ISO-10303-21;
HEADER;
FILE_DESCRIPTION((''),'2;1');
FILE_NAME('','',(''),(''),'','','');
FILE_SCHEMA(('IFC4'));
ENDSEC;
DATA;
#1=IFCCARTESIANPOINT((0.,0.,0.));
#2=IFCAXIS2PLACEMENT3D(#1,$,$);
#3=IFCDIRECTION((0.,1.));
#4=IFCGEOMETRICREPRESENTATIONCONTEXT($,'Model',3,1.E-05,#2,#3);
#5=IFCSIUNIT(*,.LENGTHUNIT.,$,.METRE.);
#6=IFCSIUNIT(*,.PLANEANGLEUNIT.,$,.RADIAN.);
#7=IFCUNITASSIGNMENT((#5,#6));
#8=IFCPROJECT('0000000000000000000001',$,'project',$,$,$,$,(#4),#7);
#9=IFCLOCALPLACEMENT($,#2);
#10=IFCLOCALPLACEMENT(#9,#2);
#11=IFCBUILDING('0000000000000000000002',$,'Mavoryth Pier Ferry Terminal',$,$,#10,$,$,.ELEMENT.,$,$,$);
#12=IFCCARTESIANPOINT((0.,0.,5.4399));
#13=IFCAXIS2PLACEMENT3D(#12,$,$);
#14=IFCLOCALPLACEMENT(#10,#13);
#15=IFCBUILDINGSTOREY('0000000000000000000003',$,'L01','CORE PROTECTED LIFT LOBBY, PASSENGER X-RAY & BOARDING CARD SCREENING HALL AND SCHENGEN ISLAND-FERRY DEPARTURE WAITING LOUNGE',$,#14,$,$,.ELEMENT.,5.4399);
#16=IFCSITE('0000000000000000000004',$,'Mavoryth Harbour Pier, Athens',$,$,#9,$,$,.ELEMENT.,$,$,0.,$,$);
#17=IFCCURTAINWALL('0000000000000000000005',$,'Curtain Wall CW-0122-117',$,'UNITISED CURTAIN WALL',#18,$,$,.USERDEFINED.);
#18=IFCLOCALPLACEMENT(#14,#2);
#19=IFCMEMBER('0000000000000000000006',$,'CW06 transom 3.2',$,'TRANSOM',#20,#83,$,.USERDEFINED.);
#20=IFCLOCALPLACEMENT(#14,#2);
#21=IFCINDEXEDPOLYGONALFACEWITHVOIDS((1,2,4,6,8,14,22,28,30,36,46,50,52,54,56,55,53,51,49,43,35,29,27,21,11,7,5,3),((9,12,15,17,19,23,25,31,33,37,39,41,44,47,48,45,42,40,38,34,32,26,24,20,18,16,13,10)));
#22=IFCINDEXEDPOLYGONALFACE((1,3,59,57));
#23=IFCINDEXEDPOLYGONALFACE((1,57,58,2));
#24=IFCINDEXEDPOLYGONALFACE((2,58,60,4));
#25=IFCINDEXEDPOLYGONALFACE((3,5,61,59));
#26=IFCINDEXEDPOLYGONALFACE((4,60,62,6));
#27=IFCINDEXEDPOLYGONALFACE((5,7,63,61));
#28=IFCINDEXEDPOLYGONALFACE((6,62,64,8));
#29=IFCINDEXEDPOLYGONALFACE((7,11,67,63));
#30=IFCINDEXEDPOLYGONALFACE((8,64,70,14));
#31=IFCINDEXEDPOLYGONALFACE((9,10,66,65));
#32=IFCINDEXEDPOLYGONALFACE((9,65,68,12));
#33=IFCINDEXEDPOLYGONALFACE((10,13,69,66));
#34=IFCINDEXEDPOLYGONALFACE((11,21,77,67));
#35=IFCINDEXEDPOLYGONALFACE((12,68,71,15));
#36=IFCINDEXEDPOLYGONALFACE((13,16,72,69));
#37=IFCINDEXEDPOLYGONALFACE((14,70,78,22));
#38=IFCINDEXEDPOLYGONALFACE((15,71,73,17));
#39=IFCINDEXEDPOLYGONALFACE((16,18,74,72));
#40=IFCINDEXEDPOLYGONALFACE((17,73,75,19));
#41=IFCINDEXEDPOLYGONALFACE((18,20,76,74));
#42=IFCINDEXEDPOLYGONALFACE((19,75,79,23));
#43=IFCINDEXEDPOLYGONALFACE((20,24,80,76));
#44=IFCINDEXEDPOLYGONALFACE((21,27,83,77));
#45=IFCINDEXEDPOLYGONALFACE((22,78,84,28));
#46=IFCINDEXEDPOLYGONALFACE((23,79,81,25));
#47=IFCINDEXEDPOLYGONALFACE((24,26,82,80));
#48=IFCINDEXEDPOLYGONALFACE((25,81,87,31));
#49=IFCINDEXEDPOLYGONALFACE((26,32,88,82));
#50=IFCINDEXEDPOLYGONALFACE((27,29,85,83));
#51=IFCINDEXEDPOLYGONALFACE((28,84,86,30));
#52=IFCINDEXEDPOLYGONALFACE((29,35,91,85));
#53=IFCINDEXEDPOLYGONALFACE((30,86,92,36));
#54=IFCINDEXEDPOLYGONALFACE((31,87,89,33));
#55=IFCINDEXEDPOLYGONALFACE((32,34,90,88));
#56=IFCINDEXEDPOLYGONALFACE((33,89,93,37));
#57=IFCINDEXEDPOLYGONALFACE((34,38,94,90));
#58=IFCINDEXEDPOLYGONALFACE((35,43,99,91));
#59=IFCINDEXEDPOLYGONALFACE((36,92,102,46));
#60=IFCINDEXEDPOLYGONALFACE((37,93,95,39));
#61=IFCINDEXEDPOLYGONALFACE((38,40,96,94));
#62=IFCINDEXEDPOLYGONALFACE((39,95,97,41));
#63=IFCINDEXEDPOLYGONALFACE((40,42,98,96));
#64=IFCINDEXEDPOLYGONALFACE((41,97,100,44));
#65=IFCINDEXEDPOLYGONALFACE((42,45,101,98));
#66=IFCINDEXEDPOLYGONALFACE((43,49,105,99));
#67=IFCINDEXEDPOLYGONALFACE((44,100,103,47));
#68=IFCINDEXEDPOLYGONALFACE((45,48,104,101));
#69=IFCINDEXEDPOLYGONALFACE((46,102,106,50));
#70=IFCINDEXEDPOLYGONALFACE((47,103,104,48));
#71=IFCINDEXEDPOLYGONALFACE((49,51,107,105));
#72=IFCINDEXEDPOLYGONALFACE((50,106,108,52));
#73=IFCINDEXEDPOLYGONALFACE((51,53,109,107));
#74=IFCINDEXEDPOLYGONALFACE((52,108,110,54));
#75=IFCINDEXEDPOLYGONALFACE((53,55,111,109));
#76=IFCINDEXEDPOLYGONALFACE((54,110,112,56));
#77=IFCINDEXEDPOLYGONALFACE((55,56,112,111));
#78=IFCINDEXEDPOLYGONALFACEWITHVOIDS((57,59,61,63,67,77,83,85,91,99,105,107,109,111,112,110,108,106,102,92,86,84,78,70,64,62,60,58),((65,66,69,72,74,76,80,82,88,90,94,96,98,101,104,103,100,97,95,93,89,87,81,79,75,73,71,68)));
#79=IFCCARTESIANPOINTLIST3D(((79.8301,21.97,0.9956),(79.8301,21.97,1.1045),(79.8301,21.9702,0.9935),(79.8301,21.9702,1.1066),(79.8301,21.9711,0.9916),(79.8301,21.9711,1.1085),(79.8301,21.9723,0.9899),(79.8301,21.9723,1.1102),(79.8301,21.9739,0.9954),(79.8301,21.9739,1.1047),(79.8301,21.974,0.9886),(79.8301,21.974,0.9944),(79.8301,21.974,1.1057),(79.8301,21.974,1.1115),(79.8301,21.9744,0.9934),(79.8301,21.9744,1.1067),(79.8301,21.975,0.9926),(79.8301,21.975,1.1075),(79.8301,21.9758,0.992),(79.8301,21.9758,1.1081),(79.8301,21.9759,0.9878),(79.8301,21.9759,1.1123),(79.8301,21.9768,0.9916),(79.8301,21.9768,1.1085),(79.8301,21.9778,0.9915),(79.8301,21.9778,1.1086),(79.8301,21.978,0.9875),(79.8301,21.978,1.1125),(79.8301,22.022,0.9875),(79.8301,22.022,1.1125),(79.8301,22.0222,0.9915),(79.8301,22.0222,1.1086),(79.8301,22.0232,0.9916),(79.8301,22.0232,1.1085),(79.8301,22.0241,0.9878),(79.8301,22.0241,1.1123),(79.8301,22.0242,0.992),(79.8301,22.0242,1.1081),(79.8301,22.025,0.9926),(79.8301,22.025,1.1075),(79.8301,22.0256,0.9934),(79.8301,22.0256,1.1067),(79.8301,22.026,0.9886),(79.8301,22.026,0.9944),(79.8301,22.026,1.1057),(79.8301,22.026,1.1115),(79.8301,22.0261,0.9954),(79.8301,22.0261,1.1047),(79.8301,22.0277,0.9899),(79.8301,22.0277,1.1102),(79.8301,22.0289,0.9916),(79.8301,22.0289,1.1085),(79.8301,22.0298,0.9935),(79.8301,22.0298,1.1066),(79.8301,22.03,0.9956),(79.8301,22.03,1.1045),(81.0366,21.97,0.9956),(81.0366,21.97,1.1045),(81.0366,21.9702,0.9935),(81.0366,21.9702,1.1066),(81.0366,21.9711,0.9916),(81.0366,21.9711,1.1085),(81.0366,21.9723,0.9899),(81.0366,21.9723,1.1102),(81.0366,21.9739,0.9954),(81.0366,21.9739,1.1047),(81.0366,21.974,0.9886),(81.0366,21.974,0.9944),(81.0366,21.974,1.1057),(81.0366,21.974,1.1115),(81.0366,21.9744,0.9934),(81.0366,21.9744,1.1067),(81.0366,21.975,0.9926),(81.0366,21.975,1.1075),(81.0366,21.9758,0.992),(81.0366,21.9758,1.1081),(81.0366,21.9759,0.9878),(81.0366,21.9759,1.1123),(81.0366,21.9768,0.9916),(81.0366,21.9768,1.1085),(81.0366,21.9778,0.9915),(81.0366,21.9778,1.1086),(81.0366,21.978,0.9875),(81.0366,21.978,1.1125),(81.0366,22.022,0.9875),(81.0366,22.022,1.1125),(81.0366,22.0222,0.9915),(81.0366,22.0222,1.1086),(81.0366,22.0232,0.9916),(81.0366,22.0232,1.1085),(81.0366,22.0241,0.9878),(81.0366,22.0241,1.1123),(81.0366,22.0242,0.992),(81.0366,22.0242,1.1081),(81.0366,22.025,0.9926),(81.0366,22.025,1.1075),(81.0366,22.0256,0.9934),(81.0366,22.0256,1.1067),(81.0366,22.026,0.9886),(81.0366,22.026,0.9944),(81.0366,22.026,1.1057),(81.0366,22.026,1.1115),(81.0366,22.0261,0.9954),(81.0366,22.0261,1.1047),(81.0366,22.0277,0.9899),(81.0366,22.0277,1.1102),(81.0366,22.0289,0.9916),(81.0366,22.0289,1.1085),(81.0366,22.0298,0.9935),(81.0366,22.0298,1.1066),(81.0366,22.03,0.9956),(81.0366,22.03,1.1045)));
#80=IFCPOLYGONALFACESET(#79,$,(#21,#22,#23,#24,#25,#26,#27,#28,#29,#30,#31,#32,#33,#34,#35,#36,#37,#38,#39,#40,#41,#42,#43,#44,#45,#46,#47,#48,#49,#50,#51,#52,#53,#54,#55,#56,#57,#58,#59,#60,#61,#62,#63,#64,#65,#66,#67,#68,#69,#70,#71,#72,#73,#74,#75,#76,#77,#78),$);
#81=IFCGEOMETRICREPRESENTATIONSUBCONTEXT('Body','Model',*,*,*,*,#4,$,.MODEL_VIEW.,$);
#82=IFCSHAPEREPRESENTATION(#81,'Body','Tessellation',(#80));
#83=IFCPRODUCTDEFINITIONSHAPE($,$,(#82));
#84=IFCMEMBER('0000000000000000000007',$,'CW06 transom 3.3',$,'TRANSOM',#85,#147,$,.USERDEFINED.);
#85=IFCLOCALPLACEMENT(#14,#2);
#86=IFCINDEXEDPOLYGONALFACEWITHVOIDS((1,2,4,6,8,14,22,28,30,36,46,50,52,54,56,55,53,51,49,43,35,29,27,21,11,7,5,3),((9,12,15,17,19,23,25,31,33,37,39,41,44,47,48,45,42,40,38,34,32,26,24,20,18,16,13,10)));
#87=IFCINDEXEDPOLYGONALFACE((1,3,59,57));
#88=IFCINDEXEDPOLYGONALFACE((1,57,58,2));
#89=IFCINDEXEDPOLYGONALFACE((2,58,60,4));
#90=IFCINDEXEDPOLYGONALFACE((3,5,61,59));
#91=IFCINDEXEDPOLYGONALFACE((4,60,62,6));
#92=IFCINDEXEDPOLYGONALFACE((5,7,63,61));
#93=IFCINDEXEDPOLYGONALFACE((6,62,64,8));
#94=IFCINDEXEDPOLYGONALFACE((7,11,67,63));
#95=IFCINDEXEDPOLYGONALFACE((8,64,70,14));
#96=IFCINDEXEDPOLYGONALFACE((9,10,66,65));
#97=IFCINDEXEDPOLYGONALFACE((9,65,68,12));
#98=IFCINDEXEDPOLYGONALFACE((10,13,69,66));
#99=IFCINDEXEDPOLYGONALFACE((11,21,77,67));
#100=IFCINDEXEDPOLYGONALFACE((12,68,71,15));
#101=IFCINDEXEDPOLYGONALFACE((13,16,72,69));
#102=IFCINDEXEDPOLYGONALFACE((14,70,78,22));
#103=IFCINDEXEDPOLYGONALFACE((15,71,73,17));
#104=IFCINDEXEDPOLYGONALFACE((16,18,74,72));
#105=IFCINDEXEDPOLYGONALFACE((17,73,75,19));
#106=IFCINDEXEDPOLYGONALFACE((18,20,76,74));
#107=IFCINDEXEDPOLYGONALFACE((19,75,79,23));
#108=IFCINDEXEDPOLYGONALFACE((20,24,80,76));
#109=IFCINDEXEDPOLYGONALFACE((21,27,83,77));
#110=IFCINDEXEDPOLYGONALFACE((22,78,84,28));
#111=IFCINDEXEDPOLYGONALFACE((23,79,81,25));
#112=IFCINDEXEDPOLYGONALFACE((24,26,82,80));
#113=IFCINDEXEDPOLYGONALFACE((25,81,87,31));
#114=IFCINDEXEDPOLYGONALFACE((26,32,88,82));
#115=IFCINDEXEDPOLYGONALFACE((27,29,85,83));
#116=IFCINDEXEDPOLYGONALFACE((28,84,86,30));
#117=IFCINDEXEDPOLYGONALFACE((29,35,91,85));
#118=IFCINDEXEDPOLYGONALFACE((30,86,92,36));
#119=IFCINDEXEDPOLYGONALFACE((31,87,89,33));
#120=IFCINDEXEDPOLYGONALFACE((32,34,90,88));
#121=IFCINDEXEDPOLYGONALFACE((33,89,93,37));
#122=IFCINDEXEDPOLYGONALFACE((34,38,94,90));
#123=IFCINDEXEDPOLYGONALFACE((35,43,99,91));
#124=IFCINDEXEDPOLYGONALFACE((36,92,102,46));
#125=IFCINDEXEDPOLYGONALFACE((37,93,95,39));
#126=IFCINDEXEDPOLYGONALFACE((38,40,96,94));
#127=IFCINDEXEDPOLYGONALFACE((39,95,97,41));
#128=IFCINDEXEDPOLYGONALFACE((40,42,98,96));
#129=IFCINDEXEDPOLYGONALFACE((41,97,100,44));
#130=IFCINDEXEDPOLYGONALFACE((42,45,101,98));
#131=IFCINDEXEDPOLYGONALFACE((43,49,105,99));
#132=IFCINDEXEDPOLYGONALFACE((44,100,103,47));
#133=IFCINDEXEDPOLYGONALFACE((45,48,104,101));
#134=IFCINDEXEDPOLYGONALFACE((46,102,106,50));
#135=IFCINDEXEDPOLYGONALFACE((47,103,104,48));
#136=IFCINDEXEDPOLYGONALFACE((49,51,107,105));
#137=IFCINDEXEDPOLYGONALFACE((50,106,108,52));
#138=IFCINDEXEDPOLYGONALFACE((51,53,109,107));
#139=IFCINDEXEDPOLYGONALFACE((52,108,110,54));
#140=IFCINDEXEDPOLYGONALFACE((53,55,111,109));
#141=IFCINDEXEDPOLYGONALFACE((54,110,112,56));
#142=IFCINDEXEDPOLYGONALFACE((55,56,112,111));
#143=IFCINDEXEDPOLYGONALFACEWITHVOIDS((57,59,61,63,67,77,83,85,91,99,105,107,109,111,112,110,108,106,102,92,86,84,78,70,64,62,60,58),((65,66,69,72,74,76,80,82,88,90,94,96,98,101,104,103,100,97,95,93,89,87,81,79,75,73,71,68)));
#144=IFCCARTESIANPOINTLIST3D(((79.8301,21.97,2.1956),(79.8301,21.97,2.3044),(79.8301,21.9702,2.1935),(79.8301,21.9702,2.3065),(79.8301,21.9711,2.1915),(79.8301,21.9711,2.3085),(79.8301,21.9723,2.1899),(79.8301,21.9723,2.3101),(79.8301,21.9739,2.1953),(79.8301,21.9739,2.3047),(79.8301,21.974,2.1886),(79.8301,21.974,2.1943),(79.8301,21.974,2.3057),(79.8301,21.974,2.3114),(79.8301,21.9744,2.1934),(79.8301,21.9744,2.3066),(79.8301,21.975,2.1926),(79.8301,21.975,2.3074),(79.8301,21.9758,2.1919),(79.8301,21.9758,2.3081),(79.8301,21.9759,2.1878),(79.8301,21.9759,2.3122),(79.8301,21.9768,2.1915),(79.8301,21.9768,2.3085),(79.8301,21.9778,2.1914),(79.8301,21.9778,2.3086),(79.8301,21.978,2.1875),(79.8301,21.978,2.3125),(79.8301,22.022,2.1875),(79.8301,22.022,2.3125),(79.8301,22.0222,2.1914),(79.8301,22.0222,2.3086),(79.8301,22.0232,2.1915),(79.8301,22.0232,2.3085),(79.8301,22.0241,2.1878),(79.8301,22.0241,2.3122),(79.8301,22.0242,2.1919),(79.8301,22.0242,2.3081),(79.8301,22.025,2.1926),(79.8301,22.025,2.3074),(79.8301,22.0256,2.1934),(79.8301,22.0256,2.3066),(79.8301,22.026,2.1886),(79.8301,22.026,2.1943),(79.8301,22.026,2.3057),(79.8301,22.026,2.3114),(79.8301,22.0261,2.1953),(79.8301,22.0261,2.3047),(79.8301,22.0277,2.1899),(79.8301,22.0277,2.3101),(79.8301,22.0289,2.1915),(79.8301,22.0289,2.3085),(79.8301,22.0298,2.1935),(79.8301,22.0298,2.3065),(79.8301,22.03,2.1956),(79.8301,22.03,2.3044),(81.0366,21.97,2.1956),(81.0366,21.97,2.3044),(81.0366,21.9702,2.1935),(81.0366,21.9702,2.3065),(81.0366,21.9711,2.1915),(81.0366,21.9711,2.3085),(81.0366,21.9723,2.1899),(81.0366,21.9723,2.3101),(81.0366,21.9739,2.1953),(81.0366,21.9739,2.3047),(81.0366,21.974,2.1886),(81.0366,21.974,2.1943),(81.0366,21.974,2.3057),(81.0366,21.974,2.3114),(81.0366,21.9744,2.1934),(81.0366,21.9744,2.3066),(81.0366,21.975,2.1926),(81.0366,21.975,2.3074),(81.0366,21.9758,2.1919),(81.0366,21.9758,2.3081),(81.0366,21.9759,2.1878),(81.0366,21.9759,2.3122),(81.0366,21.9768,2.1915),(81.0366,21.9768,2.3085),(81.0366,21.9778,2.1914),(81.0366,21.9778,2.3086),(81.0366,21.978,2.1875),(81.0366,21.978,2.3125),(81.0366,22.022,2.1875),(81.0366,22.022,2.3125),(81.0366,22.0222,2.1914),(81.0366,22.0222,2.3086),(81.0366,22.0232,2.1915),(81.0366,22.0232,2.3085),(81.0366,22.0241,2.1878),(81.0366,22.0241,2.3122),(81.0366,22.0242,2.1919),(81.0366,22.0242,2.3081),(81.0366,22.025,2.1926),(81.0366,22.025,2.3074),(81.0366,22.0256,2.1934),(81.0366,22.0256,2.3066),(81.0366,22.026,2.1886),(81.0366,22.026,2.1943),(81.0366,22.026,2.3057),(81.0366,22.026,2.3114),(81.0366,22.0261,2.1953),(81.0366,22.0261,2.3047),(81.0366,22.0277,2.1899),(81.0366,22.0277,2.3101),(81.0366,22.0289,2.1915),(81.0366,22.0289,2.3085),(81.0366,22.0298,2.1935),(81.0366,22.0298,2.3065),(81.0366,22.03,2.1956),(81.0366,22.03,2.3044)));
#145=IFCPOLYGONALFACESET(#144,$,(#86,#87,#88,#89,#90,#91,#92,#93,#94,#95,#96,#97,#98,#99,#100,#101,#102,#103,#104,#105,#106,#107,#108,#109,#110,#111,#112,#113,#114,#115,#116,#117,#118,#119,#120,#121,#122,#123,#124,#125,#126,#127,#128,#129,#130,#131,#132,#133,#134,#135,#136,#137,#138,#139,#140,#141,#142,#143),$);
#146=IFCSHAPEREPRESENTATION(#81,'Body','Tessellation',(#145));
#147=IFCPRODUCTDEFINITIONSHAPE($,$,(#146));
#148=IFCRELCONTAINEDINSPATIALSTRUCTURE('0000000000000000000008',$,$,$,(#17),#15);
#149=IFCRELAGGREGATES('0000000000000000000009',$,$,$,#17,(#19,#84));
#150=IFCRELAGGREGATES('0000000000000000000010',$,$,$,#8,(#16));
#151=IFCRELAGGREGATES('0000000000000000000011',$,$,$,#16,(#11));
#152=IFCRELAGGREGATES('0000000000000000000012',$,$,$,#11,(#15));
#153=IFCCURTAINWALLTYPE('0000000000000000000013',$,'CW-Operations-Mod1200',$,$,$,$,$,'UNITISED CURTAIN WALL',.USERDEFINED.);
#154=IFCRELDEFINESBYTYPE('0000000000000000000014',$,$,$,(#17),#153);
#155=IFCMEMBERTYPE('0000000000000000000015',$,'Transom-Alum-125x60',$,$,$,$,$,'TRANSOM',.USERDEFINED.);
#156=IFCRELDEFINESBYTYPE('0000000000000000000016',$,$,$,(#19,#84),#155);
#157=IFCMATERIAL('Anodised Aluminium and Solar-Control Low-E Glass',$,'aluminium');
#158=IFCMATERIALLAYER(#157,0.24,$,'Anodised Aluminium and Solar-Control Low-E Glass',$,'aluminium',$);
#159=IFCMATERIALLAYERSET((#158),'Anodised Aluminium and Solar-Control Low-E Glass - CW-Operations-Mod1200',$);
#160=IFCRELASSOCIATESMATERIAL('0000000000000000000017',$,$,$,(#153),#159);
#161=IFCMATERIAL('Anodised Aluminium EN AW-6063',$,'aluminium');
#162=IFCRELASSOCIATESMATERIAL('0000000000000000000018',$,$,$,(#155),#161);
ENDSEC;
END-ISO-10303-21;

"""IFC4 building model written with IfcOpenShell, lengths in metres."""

from ifc_helpers import new_model, si_unit, direction, frame, origin, origin_2d, place, context, subcontext, project, spatial, hollow_rectangle, extrude, material, layer, layer_set, material_profile, profile_set, type_object, element, aggregate, save


model = new_model("IFC4")

# Units and contexts
model_context = context("Model", 3, precision=1e-05, world=origin(), true_north=direction((0.0, 1.0)))
body_context = subcontext(model_context, "Body", "Model", "MODEL_VIEW")
ifc_project = project(units=[si_unit("LENGTHUNIT", "METRE"), si_unit("PLANEANGLEUNIT", "RADIAN")], contexts=[model_context])

# Site, building, storey
site_placement = place(None, origin())
site = spatial("IfcSite", under=ifc_project, at=site_placement, Name="Mavoryth Harbour Pier, Athens", CompositionType="ELEMENT", RefElevation=0.0)
building_placement = place(site_placement, origin())
building = spatial("IfcBuilding", under=site, at=building_placement, Name="Mavoryth Pier Ferry Terminal", CompositionType="ELEMENT")
storey_placement = place(building_placement, frame((0.0, 0.0, 5.4399)))
storey = spatial("IfcBuildingStorey", under=building, at=storey_placement, Name="L01", Description="CORE PROTECTED LIFT LOBBY, PASSENGER X-RAY & BOARDING CARD SCREENING HALL AND SCHENGEN ISLAND-FERRY DEPARTURE WAITING LOUNGE", CompositionType="ELEMENT", Elevation=5.4399)

# Curtain wall
ifc_material_1 = material(Name="Anodised Aluminium and Solar-Control Low-E Glass", Category="aluminium")
ifc_layer_1 = layer(ifc_material_1, 0.24, Name="Anodised Aluminium and Solar-Control Low-E Glass", Category="aluminium")
ifc_layer_set_1 = layer_set([ifc_layer_1], Name="Anodised Aluminium and Solar-Control Low-E Glass - CW-Operations-Mod1200")
curtain_wall_type = type_object("IfcCurtainWallType", Name="CW-Operations-Mod1200", ElementType="UNITISED CURTAIN WALL", PredefinedType="USERDEFINED", material=ifc_layer_set_1)
curtain_wall_1_placement = place(storey_placement, origin())
curtain_wall_1 = element("IfcCurtainWall", 1, at=curtain_wall_1_placement, inside=storey, type_object=curtain_wall_type, Name="Curtain Wall CW-0122-117", ObjectType="UNITISED CURTAIN WALL", PredefinedType="USERDEFINED")
ifc_material_2 = material(Name="Anodised Aluminium EN AW-6063", Category="aluminium")

# Members
ifc_material_profile_1 = material_profile(ifc_material_2, hollow_rectangle(XDim=0.0601, YDim=0.125, WallThickness=0.0039, InnerFilletRadius=0.0039, OuterFilletRadius=0.0081, at=origin_2d()), Name="AL-TRAN 125x60x4", Category="aluminium")
ifc_profile_set_1 = profile_set([ifc_material_profile_1], Name="Anodised Aluminium EN AW-6063 - AL-TRAN 125x60x4")
member_type_1 = type_object("IfcMemberType", Name="Transom-Alum-125x60", ElementType="TRANSOM", PredefinedType="USERDEFINED", material=ifc_profile_set_1)
member_1_placement = place(storey_placement, frame((81.0366, 22.0, 1.05), z_axis=(-1.0, 0.0, 0.0), x_axis=(0.0, -1.0, 0.0)))
member_1 = element("IfcMember", 2, at=member_1_placement, type_object=member_type_1, Name="CW06 transom 3.2", ObjectType="TRANSOM", PredefinedType="USERDEFINED", context=body_context, shape_type="SweptSolid", body=[
    extrude(hollow_rectangle(XDim=0.0601, YDim=0.125, WallThickness=0.0039, InnerFilletRadius=0.0039, OuterFilletRadius=0.0081, at=origin_2d()), origin(), (0.0, 0.0, 1.0), 1.2065),
])
member_2_placement = place(storey_placement, frame((81.0366, 22.0, 2.25), z_axis=(-1.0, 0.0, 0.0), x_axis=(0.0, -1.0, 0.0)))
member_2 = element("IfcMember", 3, at=member_2_placement, type_object=member_type_1, Name="CW06 transom 3.3", ObjectType="TRANSOM", PredefinedType="USERDEFINED", context=body_context, shape_type="SweptSolid", body=[
    extrude(hollow_rectangle(XDim=0.0601, YDim=0.125, WallThickness=0.0039, InnerFilletRadius=0.0039, OuterFilletRadius=0.0081, at=origin_2d()), origin(), (0.0, 0.0, 1.0), 1.2065),
])

aggregate(curtain_wall_1, [member_1, member_2])

save(model, "model.ifc")
